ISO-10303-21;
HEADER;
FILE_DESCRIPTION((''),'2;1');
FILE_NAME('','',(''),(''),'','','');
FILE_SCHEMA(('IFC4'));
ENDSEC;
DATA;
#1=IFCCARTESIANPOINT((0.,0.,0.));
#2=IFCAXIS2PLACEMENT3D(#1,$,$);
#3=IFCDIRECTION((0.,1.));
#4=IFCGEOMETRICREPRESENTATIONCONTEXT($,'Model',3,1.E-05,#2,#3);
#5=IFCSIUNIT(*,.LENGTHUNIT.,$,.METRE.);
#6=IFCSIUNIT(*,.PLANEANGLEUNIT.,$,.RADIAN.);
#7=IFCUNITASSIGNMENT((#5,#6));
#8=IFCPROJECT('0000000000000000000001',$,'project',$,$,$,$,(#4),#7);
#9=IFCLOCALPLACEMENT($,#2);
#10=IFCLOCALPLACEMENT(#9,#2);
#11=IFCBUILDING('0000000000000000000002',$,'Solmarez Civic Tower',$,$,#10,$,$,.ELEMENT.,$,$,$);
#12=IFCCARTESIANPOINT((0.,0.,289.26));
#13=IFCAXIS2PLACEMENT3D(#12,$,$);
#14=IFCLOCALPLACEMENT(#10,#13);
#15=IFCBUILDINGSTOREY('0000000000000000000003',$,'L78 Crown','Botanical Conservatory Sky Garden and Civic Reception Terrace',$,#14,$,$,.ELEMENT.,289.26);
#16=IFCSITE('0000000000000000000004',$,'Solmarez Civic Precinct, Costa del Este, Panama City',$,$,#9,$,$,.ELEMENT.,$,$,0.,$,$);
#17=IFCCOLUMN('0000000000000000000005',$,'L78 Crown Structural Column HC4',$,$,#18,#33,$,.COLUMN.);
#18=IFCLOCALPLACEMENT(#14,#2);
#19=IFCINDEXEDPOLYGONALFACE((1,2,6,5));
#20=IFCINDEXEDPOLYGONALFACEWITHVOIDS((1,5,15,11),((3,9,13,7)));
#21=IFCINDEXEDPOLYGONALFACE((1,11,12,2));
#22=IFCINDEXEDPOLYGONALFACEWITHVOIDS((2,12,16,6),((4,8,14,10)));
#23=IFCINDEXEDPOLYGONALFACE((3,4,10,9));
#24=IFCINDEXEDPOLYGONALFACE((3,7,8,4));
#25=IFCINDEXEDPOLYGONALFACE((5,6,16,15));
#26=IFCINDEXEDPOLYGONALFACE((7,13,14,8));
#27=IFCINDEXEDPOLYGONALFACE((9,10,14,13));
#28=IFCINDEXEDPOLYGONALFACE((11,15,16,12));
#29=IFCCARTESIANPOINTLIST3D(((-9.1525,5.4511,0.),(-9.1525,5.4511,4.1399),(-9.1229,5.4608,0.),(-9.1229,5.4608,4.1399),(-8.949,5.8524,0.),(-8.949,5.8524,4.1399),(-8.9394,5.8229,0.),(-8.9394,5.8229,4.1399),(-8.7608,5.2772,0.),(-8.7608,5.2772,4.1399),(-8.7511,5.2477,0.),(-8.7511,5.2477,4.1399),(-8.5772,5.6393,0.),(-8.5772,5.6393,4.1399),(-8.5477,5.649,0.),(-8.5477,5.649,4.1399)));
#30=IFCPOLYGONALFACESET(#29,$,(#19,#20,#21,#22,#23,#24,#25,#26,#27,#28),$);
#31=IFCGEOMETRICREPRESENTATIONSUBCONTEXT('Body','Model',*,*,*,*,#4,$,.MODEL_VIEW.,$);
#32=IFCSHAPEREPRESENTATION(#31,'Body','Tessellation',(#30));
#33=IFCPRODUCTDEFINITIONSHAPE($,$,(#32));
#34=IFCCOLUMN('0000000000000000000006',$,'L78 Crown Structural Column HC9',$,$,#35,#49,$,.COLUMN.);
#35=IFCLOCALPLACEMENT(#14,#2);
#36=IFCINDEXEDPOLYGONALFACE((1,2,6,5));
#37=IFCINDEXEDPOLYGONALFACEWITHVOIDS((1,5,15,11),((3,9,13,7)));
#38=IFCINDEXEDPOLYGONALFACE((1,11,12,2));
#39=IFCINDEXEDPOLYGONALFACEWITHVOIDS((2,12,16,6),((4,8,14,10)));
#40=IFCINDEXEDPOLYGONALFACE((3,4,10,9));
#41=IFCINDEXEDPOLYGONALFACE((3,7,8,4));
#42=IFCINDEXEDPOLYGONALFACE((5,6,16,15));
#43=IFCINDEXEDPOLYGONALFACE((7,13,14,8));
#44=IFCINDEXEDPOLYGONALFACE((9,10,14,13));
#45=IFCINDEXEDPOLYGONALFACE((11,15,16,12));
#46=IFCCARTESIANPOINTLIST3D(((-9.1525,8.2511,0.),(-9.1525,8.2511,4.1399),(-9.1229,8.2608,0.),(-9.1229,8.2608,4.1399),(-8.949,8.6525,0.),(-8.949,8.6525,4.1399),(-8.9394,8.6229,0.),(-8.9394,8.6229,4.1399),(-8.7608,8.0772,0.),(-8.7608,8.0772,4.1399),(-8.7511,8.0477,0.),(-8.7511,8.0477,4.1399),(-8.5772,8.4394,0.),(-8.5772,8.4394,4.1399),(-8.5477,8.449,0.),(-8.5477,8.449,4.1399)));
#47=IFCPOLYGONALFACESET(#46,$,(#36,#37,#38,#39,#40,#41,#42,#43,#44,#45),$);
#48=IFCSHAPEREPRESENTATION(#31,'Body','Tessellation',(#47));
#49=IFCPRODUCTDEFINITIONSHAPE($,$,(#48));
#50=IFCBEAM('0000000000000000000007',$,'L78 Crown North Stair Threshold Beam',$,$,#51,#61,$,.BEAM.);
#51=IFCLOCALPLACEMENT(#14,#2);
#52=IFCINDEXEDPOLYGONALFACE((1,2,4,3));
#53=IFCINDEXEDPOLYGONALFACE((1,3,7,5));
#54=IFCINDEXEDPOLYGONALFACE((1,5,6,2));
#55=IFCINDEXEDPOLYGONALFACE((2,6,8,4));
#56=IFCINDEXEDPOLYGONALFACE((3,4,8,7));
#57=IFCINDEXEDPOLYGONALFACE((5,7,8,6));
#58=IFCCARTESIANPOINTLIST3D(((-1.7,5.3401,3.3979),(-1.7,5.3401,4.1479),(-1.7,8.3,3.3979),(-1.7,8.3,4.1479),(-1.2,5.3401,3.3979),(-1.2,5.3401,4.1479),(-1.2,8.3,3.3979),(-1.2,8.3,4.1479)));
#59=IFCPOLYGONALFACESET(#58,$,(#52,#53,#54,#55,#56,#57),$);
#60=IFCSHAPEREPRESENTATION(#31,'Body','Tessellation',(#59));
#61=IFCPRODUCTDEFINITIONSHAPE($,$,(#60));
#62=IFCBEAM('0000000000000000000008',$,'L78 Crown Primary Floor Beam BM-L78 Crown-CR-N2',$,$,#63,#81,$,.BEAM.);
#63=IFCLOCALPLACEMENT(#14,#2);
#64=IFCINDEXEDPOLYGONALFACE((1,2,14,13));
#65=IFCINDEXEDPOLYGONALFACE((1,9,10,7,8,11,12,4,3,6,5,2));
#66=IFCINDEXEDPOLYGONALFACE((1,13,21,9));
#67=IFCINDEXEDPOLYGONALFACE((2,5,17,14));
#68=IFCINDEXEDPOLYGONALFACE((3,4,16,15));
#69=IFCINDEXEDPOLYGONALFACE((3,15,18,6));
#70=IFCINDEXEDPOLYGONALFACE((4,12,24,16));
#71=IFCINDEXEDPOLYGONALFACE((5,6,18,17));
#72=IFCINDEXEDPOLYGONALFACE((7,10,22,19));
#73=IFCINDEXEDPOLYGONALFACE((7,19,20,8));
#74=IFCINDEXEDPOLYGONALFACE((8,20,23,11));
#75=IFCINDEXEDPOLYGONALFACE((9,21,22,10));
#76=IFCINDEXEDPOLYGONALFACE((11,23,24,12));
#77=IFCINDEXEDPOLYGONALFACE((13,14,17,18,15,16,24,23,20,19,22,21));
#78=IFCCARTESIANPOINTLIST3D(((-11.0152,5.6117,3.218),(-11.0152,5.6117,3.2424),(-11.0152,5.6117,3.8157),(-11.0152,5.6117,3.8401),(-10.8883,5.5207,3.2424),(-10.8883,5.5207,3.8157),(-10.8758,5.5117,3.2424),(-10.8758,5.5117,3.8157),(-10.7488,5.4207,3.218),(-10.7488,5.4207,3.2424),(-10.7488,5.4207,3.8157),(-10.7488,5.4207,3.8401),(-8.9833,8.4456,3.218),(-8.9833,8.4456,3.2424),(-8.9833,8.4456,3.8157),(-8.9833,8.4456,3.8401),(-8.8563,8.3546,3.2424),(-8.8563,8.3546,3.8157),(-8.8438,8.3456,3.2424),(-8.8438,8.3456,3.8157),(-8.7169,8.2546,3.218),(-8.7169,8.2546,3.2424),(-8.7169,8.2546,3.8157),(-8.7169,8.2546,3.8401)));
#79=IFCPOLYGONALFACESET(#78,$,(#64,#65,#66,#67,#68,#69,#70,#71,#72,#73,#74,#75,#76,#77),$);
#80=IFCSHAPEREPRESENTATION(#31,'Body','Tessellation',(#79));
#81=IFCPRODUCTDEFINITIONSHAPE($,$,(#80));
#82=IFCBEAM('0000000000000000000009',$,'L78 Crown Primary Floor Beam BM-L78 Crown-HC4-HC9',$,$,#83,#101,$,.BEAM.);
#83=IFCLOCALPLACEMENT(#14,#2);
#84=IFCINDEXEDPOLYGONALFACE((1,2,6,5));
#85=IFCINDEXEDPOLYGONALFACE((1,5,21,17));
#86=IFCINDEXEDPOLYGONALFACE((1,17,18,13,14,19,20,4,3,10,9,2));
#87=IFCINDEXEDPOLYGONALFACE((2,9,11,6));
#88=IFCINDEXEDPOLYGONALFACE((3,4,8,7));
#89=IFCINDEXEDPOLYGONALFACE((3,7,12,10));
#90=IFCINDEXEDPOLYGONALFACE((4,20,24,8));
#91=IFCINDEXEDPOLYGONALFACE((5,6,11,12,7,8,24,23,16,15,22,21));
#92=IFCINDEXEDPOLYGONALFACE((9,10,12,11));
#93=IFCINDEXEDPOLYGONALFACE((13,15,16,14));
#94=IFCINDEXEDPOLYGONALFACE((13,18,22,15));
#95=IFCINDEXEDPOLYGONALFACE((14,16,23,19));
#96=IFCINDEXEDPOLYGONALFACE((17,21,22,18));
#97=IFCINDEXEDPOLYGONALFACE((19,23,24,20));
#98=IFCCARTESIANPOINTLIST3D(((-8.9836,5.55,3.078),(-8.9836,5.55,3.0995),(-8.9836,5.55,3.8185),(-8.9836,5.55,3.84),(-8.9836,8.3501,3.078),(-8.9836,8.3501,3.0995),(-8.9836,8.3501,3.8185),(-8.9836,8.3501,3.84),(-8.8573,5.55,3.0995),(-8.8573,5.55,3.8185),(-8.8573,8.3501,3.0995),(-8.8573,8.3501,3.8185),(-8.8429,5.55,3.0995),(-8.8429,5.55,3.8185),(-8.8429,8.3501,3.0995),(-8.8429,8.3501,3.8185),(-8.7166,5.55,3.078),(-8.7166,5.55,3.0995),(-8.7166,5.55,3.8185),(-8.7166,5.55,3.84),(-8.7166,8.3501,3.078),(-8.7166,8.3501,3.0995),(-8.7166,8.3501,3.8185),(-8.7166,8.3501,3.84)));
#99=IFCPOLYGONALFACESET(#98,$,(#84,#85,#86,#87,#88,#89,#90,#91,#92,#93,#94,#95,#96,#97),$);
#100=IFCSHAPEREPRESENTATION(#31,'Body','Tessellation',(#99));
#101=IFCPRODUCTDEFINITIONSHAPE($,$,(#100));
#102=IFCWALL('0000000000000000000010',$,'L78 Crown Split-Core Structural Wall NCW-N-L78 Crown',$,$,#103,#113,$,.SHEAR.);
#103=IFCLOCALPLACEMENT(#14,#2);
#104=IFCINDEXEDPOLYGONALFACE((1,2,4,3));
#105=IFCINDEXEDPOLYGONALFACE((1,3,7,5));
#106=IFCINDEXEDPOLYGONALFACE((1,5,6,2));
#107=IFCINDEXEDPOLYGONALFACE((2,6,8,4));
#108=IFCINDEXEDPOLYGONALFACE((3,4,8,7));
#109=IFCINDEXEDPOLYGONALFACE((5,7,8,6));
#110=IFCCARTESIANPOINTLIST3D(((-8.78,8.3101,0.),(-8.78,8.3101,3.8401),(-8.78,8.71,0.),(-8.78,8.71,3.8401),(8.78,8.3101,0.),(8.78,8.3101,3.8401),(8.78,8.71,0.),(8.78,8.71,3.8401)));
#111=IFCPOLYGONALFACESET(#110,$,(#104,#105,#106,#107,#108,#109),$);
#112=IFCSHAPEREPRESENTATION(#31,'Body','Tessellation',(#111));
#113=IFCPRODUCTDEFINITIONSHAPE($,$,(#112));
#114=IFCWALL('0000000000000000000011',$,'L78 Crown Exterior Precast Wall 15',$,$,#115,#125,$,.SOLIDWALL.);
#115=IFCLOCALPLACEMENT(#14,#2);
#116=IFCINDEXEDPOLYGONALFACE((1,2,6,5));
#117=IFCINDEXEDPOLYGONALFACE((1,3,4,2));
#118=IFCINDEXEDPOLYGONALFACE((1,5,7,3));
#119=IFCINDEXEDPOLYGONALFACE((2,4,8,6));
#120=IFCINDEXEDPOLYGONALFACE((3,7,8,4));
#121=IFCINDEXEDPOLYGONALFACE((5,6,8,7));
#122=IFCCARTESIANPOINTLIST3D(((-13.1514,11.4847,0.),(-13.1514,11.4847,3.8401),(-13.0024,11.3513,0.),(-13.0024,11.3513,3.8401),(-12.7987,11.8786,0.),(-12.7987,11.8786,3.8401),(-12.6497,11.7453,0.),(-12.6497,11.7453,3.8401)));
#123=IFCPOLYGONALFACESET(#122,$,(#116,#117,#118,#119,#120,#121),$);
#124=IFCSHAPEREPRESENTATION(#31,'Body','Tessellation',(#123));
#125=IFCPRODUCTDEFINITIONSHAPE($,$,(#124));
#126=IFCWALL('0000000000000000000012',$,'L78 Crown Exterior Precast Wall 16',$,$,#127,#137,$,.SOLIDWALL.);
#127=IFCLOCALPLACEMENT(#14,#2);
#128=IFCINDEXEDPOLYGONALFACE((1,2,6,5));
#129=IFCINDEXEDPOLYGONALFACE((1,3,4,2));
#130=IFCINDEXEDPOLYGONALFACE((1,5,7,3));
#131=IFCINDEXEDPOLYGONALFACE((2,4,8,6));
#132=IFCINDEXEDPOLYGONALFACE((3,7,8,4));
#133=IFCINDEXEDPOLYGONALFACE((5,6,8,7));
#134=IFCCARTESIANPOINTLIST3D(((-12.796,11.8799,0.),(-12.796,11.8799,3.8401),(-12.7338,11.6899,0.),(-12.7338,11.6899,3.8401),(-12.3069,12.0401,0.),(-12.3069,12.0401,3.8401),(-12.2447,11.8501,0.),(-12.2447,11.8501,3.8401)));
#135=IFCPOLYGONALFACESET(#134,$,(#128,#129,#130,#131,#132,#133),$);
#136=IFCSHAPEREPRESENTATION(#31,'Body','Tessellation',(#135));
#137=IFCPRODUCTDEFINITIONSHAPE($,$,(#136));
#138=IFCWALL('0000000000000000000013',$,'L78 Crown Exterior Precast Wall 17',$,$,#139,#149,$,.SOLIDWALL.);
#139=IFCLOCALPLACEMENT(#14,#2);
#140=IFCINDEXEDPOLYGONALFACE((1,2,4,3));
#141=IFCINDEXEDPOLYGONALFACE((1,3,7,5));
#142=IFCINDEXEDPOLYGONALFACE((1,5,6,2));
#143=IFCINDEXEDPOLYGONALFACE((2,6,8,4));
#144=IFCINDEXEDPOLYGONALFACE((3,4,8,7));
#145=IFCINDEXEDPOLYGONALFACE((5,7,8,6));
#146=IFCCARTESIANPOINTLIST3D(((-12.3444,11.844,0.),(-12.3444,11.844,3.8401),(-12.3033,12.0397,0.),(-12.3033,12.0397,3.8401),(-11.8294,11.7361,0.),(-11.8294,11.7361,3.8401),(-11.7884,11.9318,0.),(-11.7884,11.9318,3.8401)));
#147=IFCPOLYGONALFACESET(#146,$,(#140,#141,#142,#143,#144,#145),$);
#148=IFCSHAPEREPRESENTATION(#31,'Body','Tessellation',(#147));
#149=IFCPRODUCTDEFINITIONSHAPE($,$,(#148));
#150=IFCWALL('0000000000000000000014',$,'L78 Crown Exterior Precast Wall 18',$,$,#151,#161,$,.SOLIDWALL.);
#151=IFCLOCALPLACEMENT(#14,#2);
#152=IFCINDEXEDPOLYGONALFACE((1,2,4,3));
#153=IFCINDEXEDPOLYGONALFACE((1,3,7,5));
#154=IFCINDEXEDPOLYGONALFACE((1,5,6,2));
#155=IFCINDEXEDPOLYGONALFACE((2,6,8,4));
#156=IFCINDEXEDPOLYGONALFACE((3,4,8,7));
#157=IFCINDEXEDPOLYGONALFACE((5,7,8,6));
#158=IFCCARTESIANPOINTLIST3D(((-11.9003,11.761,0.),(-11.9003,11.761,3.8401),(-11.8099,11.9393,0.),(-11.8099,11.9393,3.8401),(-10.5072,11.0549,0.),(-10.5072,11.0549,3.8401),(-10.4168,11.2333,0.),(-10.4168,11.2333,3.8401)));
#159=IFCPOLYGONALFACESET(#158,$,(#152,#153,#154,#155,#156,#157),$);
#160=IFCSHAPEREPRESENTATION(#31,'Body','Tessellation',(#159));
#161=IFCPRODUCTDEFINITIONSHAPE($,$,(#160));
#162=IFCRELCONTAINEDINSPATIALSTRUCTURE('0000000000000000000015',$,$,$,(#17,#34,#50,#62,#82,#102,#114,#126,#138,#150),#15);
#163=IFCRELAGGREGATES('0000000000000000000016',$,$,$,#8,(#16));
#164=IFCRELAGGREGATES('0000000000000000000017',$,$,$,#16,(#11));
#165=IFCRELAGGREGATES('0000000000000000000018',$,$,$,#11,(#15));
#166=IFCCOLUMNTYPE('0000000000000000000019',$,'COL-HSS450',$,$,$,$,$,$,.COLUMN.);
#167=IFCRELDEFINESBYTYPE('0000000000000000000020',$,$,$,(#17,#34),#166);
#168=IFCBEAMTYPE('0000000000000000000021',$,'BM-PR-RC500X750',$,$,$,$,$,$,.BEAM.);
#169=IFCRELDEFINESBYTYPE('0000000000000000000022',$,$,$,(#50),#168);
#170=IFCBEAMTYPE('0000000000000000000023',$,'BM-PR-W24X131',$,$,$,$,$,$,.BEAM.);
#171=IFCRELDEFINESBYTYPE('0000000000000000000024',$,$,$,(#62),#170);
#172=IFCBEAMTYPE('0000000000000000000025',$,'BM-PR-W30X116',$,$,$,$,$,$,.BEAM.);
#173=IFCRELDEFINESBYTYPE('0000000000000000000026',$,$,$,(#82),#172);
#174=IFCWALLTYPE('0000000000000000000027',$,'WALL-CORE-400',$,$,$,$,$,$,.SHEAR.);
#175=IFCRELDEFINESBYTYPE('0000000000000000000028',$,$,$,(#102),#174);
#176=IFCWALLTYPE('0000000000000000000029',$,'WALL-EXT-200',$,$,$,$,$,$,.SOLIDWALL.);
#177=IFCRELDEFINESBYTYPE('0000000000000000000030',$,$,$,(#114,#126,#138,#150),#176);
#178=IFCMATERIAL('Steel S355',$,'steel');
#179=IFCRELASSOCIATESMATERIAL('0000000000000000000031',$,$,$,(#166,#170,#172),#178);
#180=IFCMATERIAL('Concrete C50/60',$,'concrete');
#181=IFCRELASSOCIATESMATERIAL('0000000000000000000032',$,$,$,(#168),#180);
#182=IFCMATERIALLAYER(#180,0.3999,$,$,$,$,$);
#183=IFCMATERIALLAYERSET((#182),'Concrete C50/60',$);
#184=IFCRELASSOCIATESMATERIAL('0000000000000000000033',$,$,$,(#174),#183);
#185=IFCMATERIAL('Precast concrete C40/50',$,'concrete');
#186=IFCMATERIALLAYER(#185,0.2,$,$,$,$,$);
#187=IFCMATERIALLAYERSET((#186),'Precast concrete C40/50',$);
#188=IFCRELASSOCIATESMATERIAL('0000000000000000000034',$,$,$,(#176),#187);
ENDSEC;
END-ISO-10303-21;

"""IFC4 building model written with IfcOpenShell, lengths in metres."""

from ifc_helpers import new_model, si_unit, direction, frame, frame_2d, origin, origin_2d, place, context, subcontext, project, spatial, rectangle, hollow_rectangle, i_section, extrude, material, layer, layer_set, material_profile, profile_set, type_object, element, save


model = new_model("IFC4")

# Units and contexts
model_context = context("Model", 3, precision=1e-05, world=origin(), true_north=direction((0.0, 1.0)))
body_context = subcontext(model_context, "Body", "Model", "MODEL_VIEW")
ifc_project = project(units=[si_unit("LENGTHUNIT", "METRE"), si_unit("PLANEANGLEUNIT", "RADIAN")], contexts=[model_context])

# Site, building, storey
site_placement = place(None, origin())
site = spatial("IfcSite", under=ifc_project, at=site_placement, Name="Solmarez Civic Precinct, Costa del Este, Panama City", CompositionType="ELEMENT", RefElevation=0.0)
building_placement = place(site_placement, origin())
building = spatial("IfcBuilding", under=site, at=building_placement, Name="Solmarez Civic Tower", CompositionType="ELEMENT")
storey_placement = place(building_placement, frame((0.0, 0.0, 289.26)))
storey = spatial("IfcBuildingStorey", under=building, at=storey_placement, Name="L78 Crown", Description="Botanical Conservatory Sky Garden and Civic Reception Terrace", CompositionType="ELEMENT", Elevation=289.26)

# Columns
ifc_material_1 = material(Name="Steel S355", Category="steel")
ifc_material_profile_1 = material_profile(ifc_material_1, hollow_rectangle(XDim=0.45, YDim=0.45, WallThickness=0.022, at=origin_2d()), Name="HSS450X450X22")
ifc_profile_set_1 = profile_set([ifc_material_profile_1], Name="Steel S355")
column_type = type_object("IfcColumnType", Name="COL-HSS450", PredefinedType="COLUMN", material=ifc_profile_set_1)
for number, where, z_axis, x_axis, name in (
    (1, (-8.8501, 5.55, 0.0), (0.0, 0.0, 1.0), (0.452123, 0.891955, 0.0), "L78 Crown Structural Column HC4"),
    (2, (-8.8501, 8.3501, 0.0), (0.0, 0.0, 1.0), (0.452123, 0.891955, 0.0), "L78 Crown Structural Column HC9"),
):
    element("IfcColumn", number, at=place(storey_placement, frame(where, z_axis=z_axis, x_axis=x_axis)), inside=storey, type_object=column_type, Name=name, PredefinedType="COLUMN", context=body_context, shape_type="SweptSolid", body=[
        extrude(hollow_rectangle(XDim=0.45, YDim=0.45, WallThickness=0.022, at=origin_2d()), origin(), (0.0, 0.0, 1.0), 4.1399),
    ])

# Beams
ifc_material_2 = material(Name="Concrete C50/60", Category="concrete")
ifc_material_profile_2 = material_profile(ifc_material_2, rectangle(XDim=0.5, YDim=0.75, at=origin_2d()), Name="RC500X750")
ifc_profile_set_2 = profile_set([ifc_material_profile_2], Name="Concrete C50/60")
beam_type_1 = type_object("IfcBeamType", Name="BM-PR-RC500X750", PredefinedType="BEAM", material=ifc_profile_set_2)
beam_1_placement = place(storey_placement, frame((-1.45, 5.3401, 3.7729), z_axis=(0.0, 1.0, 0.0), x_axis=(-1.0, 0.0, 0.0)))
element("IfcBeam", 3, at=beam_1_placement, inside=storey, type_object=beam_type_1, Name="L78 Crown North Stair Threshold Beam", PredefinedType="BEAM", context=body_context, shape_type="SweptSolid", body=[
    extrude(rectangle(XDim=0.5, YDim=0.75, at=origin_2d()), origin(), (0.0, 0.0, 1.0), 2.96),
])
ifc_material_profile_3 = material_profile(ifc_material_1, i_section(OverallWidth=0.3279, OverallDepth=0.6221, WebThickness=0.0154, FlangeThickness=0.0244, at=origin_2d()), Name="W24X131")
ifc_profile_set_3 = profile_set([ifc_material_profile_3], Name="Steel S355")
beam_type_2 = type_object("IfcBeamType", Name="BM-PR-W24X131", PredefinedType="BEAM", material=ifc_profile_set_3)
beam_2_placement = place(storey_placement, frame((-8.8501, 8.3501, 3.5291), z_axis=(-0.582701, -0.812687, 0.0), x_axis=(0.812687, -0.582701, 0.0)))
element("IfcBeam", 4, at=beam_2_placement, inside=storey, type_object=beam_type_2, Name="L78 Crown Primary Floor Beam BM-L78 Crown-CR-N2", PredefinedType="BEAM", context=body_context, shape_type="SweptSolid", body=[
    extrude(i_section(OverallWidth=0.3279, OverallDepth=0.6221, WebThickness=0.0154, FlangeThickness=0.0244, at=origin_2d()), origin(), (0.0, 0.0, 1.0), 3.4871),
])
ifc_material_profile_4 = material_profile(ifc_material_1, i_section(OverallWidth=0.2671, OverallDepth=0.762, WebThickness=0.0144, FlangeThickness=0.0215, at=origin_2d()), Name="W30X116")
ifc_profile_set_4 = profile_set([ifc_material_profile_4], Name="Steel S355")
beam_type_3 = type_object("IfcBeamType", Name="BM-PR-W30X116", PredefinedType="BEAM", material=ifc_profile_set_4)
beam_3_placement = place(storey_placement, frame((-8.8501, 5.55, 3.459), z_axis=(0.0, 1.0, 0.0), x_axis=(-1.0, 0.0, 0.0)))
element("IfcBeam", 5, at=beam_3_placement, inside=storey, type_object=beam_type_3, Name="L78 Crown Primary Floor Beam BM-L78 Crown-HC4-HC9", PredefinedType="BEAM", context=body_context, shape_type="SweptSolid", body=[
    extrude(i_section(OverallWidth=0.2671, OverallDepth=0.762, WebThickness=0.0144, FlangeThickness=0.0215, at=origin_2d()), origin(), (0.0, 0.0, 1.0), 2.8),
])

# Walls
ifc_layer_1 = layer(ifc_material_2, 0.3999)
ifc_layer_set_1 = layer_set([ifc_layer_1], Name="Concrete C50/60")
wall_type_1 = type_object("IfcWallType", Name="WALL-CORE-400", PredefinedType="SHEAR", material=ifc_layer_set_1)
wall_1_placement = place(storey_placement, frame((-8.78, 8.51, 0.0), z_axis=(0.0, 0.0, 1.0), x_axis=(1.0, 0.0, 0.0)))
element("IfcWall", 6, at=wall_1_placement, inside=storey, type_object=wall_type_1, Name="L78 Crown Split-Core Structural Wall NCW-N-L78 Crown", PredefinedType="SHEAR", context=body_context, shape_type="SweptSolid", body=[
    extrude(rectangle(XDim=17.5601, YDim=0.3999, at=frame_2d((8.78, 0.0))), origin(), (0.0, 0.0, 1.0), 3.8401),
])
ifc_material_3 = material(Name="Precast concrete C40/50", Category="concrete")
ifc_layer_2 = layer(ifc_material_3, 0.2)
ifc_layer_set_2 = layer_set([ifc_layer_2], Name="Precast concrete C40/50")
wall_type_2 = type_object("IfcWallType", Name="WALL-EXT-200", PredefinedType="SOLIDWALL", material=ifc_layer_set_2)
wall_2_placement = place(storey_placement, frame((-13.0769, 11.418, 0.0), z_axis=(0.0, 0.0, 1.0), x_axis=(0.667024, 0.745036, 0.0)))
element("IfcWall", 7, at=wall_2_placement, inside=storey, type_object=wall_type_2, Name="L78 Crown Exterior Precast Wall 15", PredefinedType="SOLIDWALL", context=body_context, shape_type="SweptSolid", body=[
    extrude(rectangle(XDim=0.5288, YDim=0.2, at=frame_2d((0.2644, 0.0))), origin(), (0.0, 0.0, 1.0), 3.8401),
])
wall_3_placement = place(storey_placement, frame((-12.7649, 11.7849, 0.0), z_axis=(0.0, 0.0, 1.0), x_axis=(0.950331, 0.311242, 0.0)))
element("IfcWall", 8, at=wall_3_placement, inside=storey, type_object=wall_type_2, Name="L78 Crown Exterior Precast Wall 16", PredefinedType="SOLIDWALL", context=body_context, shape_type="SweptSolid", body=[
    extrude(rectangle(XDim=0.5146, YDim=0.2, at=frame_2d((0.2573, 0.0))), origin(), (0.0, 0.0, 1.0), 3.8401),
])
wall_4_placement = place(storey_placement, frame((-12.324, 11.9419, 0.0), z_axis=(0.0, 0.0, 1.0), x_axis=(0.978736, -0.205122, 0.0)))
element("IfcWall", 9, at=wall_4_placement, inside=storey, type_object=wall_type_2, Name="L78 Crown Exterior Precast Wall 17", PredefinedType="SOLIDWALL", context=body_context, shape_type="SweptSolid", body=[
    extrude(rectangle(XDim=0.5261, YDim=0.2, at=frame_2d((0.2632, 0.0))), origin(), (0.0, 0.0, 1.0), 3.8401),
])
wall_5_placement = place(storey_placement, frame((-11.855, 11.8501, 0.0), z_axis=(0.0, 0.0, 1.0), x_axis=(0.891975, -0.452084, 0.0)))
element("IfcWall", 10, at=wall_5_placement, inside=storey, type_object=wall_type_2, Name="L78 Crown Exterior Precast Wall 18", PredefinedType="SOLIDWALL", context=body_context, shape_type="SweptSolid", body=[
    extrude(rectangle(XDim=1.5618, YDim=0.2, at=frame_2d((0.7808, 0.0))), origin(), (0.0, 0.0, 1.0), 3.8401),
])

save(model, "model.ifc")
